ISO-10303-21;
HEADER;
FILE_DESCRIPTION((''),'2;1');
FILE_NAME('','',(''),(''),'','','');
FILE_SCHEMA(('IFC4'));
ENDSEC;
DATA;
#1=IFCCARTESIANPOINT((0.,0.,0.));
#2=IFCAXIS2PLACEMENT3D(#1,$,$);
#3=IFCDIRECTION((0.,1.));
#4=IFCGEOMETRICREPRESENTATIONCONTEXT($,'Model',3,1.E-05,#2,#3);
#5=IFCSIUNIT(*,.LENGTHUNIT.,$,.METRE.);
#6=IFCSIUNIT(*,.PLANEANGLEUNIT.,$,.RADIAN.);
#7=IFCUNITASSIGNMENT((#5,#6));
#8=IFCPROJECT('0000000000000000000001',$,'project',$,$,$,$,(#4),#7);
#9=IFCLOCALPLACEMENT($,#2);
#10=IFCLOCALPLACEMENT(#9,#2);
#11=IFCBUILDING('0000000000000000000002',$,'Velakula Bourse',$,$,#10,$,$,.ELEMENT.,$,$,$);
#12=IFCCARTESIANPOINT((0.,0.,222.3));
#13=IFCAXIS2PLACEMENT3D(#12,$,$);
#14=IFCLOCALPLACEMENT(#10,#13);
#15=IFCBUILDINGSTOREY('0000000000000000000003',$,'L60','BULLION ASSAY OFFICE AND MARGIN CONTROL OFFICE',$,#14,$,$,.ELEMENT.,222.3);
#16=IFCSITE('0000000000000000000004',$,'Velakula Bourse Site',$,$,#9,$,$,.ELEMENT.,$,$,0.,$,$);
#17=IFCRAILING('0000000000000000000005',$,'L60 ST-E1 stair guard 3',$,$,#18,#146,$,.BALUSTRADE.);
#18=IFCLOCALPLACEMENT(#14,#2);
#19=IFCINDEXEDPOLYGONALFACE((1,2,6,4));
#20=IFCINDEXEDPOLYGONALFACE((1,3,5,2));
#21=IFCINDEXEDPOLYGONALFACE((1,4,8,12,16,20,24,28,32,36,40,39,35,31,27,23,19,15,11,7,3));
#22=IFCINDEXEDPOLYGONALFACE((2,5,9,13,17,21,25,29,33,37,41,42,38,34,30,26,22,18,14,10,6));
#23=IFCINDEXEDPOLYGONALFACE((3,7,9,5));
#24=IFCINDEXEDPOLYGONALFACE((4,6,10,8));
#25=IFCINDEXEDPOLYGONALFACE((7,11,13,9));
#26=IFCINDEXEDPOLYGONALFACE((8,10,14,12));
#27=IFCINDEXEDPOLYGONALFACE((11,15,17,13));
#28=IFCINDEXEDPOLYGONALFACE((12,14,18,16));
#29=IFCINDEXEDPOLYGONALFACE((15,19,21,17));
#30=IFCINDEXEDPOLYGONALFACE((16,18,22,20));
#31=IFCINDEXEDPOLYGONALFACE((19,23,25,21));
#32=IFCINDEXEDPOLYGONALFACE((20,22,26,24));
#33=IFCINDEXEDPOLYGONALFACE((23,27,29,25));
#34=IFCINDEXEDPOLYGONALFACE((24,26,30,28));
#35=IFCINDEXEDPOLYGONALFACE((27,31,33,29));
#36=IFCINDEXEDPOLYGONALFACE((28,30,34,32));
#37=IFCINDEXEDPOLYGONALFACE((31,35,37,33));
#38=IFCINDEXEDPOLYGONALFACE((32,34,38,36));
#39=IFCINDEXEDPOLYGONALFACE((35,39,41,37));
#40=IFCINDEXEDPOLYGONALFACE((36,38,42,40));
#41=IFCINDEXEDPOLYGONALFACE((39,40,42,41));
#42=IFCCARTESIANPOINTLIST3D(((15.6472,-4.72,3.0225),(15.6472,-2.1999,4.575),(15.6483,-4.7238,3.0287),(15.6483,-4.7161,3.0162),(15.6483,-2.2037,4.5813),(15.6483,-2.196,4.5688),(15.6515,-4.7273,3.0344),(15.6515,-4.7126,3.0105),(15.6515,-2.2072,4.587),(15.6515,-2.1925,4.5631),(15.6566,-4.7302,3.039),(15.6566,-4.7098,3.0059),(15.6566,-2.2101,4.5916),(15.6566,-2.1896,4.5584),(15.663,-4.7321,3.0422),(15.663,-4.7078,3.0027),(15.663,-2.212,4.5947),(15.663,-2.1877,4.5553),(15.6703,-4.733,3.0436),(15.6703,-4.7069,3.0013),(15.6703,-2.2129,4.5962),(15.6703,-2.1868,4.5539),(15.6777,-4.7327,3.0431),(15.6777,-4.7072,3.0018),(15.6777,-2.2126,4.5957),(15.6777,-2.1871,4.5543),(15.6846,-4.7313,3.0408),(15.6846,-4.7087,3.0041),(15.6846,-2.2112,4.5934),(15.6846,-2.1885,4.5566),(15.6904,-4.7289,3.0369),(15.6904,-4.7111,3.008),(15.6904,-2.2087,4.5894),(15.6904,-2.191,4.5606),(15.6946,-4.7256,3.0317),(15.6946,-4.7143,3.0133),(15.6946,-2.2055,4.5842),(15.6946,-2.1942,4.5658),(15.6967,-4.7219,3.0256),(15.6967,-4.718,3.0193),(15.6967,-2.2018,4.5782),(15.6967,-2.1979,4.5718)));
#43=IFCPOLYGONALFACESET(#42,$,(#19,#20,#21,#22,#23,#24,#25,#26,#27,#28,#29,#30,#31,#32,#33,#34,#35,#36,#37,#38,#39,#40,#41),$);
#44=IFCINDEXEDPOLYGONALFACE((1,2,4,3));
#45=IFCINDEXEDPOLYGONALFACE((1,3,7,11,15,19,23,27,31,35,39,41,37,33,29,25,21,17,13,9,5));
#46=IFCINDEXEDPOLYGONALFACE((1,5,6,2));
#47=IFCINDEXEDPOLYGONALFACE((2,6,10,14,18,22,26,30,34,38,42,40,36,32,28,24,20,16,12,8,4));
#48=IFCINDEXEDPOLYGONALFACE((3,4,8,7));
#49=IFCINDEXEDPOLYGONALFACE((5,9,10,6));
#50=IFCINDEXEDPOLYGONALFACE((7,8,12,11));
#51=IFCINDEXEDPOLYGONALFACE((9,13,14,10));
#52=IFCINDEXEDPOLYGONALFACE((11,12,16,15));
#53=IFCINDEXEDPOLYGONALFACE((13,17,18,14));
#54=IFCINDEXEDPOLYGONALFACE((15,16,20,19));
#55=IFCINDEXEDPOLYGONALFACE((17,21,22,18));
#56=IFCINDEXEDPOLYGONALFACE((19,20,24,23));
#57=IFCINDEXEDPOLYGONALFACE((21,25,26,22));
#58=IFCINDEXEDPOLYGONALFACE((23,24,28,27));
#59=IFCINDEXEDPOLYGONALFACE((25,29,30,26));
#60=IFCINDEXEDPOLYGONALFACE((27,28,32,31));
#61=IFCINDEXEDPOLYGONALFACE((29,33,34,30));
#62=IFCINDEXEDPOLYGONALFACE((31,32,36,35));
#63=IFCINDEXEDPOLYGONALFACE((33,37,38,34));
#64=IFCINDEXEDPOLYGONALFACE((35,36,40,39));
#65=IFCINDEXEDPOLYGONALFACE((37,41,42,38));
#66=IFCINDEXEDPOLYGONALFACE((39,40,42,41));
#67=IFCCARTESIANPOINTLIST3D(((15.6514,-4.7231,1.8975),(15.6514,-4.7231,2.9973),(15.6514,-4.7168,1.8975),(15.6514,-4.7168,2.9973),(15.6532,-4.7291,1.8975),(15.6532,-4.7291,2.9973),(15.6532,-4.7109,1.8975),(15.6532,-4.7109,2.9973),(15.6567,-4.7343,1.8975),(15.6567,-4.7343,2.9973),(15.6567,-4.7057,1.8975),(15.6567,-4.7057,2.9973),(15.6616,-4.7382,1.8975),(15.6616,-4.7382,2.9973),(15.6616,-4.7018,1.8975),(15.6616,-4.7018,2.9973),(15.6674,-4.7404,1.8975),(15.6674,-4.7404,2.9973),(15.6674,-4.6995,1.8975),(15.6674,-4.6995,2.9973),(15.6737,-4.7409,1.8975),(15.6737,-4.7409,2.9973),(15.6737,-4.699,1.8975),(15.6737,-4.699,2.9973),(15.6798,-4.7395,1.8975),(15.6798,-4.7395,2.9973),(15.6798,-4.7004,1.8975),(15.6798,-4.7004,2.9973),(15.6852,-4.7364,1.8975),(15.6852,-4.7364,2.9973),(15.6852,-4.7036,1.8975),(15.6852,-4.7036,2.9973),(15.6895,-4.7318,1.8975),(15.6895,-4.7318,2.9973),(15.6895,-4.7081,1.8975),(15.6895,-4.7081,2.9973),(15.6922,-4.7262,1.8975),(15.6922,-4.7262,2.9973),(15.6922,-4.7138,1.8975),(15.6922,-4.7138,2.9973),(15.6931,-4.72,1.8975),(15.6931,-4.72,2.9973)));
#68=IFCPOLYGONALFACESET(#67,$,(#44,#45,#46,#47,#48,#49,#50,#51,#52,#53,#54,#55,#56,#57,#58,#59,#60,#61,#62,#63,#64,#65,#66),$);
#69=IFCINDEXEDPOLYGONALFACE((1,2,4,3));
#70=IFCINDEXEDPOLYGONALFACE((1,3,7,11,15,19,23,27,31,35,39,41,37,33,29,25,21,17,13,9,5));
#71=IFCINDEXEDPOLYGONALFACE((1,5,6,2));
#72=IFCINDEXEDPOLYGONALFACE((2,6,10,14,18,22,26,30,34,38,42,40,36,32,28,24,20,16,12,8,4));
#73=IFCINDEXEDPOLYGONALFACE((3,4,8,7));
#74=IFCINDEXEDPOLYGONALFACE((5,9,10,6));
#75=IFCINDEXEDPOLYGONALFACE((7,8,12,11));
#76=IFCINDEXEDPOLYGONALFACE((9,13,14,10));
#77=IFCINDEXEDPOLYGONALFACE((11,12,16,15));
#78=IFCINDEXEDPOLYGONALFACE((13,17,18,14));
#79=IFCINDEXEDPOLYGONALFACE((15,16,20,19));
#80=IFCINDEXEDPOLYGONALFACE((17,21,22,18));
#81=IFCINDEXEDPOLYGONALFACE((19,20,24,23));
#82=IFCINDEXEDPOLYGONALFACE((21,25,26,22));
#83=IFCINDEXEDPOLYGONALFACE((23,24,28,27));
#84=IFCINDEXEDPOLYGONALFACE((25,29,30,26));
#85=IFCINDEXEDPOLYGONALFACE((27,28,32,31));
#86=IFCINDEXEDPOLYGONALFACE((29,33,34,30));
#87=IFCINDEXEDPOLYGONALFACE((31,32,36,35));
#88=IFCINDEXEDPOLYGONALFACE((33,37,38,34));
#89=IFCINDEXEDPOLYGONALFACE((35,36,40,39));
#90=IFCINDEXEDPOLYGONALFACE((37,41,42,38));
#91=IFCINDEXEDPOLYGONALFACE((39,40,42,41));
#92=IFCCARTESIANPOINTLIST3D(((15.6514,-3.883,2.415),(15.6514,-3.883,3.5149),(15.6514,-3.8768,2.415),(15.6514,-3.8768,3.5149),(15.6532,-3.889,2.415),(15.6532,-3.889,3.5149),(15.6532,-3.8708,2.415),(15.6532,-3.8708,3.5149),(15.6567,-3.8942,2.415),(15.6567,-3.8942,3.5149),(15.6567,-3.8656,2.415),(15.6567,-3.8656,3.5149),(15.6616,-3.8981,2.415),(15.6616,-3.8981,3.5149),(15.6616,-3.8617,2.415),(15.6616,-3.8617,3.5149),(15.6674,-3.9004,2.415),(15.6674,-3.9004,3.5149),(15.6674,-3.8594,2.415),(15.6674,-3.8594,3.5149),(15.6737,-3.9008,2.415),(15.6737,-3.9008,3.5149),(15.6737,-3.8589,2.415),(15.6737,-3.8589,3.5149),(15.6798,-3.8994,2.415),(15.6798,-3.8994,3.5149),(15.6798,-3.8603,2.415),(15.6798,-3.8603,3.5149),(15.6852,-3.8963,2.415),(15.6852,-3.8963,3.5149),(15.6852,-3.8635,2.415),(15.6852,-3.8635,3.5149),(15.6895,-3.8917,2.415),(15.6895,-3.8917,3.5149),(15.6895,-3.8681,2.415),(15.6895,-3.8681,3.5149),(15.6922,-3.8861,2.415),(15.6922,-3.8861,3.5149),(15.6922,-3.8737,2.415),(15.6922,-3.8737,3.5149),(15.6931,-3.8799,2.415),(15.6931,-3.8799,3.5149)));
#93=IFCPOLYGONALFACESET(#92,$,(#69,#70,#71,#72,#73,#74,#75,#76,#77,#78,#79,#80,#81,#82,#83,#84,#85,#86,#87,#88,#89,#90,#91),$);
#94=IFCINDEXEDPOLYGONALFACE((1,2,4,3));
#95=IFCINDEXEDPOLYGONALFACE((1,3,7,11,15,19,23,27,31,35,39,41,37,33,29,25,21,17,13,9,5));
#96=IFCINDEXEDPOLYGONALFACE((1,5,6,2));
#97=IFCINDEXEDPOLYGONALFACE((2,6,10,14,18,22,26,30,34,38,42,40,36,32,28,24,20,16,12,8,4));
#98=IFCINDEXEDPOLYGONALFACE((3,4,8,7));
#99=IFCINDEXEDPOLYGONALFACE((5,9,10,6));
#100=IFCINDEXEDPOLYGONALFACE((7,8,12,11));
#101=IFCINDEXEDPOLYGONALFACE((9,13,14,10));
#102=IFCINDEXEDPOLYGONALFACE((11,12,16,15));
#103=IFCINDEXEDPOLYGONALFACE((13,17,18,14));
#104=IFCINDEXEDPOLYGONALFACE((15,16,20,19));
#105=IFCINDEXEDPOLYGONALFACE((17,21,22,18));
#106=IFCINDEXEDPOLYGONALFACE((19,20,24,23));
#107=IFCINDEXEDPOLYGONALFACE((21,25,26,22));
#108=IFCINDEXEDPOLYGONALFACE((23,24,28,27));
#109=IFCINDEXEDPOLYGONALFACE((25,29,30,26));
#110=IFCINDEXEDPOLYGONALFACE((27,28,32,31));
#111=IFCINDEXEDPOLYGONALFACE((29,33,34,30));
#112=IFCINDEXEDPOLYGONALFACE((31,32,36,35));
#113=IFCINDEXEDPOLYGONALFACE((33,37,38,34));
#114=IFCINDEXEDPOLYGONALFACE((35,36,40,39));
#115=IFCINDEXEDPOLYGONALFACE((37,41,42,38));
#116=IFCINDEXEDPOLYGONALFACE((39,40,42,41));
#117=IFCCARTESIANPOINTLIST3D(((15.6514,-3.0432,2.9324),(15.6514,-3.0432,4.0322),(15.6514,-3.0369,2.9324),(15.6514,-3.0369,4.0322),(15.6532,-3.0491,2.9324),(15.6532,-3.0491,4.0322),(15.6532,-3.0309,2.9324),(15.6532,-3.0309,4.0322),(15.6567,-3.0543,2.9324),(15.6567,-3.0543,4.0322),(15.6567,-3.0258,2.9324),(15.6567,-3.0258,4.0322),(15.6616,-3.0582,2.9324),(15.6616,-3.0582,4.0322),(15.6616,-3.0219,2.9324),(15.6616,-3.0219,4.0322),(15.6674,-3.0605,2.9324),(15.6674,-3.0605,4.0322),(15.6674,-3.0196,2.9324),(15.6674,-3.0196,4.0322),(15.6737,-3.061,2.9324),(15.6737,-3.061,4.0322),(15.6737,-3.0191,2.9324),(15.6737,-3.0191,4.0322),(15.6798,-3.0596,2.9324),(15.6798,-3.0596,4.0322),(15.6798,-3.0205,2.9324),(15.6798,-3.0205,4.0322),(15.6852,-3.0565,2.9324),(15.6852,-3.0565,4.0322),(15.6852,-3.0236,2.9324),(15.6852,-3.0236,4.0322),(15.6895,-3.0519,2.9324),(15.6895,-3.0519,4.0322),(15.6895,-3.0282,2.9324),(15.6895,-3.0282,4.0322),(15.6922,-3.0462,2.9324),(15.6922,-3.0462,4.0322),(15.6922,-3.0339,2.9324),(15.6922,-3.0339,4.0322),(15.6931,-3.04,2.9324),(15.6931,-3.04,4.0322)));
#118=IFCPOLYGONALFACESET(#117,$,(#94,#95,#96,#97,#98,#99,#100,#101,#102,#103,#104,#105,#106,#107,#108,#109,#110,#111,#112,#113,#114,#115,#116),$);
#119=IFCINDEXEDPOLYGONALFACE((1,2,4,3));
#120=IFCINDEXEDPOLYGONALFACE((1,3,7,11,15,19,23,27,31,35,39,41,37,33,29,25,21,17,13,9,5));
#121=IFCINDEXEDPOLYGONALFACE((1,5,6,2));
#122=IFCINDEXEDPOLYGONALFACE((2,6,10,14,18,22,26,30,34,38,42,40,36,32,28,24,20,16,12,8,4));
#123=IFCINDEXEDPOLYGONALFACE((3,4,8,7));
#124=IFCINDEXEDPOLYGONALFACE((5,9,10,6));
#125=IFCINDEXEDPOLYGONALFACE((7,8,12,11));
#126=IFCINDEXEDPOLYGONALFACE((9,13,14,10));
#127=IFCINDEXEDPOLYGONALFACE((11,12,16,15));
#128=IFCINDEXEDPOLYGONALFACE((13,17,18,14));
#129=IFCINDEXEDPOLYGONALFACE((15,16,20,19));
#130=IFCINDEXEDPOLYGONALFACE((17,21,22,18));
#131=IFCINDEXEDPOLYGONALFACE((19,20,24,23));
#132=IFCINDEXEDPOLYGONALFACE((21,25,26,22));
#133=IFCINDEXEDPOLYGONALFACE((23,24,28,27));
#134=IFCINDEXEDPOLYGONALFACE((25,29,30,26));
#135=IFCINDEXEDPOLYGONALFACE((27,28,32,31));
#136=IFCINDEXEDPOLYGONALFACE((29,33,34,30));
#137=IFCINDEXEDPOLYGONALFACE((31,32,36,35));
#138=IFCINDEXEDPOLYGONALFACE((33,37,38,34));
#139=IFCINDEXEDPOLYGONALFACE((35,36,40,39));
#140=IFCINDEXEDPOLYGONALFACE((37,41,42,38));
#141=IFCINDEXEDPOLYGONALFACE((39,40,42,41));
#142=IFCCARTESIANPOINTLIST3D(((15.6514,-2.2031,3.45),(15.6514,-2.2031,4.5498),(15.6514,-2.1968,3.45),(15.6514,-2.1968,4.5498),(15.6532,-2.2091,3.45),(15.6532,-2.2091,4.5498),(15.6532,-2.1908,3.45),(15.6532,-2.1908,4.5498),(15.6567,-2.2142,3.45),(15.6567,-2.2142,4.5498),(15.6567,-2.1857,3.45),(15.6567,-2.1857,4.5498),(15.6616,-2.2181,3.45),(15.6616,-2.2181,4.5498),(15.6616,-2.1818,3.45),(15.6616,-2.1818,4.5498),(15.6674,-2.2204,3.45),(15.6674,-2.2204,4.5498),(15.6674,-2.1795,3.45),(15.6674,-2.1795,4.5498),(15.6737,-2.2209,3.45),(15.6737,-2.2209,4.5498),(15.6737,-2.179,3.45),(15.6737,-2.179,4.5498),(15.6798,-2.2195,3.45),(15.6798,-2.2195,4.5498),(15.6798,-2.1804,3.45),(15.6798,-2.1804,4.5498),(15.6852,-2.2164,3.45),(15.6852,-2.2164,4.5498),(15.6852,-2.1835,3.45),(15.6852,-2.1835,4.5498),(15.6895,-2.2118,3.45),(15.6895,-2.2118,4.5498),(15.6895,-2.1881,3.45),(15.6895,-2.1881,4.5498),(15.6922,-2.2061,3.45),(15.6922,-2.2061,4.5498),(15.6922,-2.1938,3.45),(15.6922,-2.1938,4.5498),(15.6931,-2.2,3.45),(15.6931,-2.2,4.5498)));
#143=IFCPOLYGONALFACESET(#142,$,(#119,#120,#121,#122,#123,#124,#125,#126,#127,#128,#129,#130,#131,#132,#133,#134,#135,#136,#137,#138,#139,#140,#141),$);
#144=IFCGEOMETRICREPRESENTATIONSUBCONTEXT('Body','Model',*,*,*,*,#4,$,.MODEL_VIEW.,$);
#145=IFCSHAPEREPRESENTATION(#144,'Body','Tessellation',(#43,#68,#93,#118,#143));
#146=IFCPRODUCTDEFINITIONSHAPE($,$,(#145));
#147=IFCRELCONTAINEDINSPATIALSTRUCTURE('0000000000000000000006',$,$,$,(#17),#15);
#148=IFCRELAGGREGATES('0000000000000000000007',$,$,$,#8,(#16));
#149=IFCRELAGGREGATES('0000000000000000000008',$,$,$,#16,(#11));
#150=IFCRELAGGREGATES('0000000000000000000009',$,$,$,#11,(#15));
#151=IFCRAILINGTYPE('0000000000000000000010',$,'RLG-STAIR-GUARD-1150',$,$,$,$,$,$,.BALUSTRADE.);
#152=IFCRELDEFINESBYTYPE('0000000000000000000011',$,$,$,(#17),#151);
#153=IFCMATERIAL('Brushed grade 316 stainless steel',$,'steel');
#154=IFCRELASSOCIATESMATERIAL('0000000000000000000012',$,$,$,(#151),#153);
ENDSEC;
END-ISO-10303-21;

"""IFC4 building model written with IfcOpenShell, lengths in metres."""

from ifc_helpers import new_model, si_unit, direction, frame, origin, origin_2d, place, context, subcontext, project, spatial, circle, extrude, material, type_object, element, save


model = new_model("IFC4")

# Units and contexts
model_context = context("Model", 3, precision=1e-05, world=origin(), true_north=direction((0.0, 1.0)))
body_context = subcontext(model_context, "Body", "Model", "MODEL_VIEW")
ifc_project = project(units=[si_unit("LENGTHUNIT", "METRE"), si_unit("PLANEANGLEUNIT", "RADIAN")], contexts=[model_context])

# Site, building, storey
site_placement = place(None, origin())
site = spatial("IfcSite", under=ifc_project, at=site_placement, Name="Velakula Bourse Site", CompositionType="ELEMENT", RefElevation=0.0)
building_placement = place(site_placement, origin())
building = spatial("IfcBuilding", under=site, at=building_placement, Name="Velakula Bourse", CompositionType="ELEMENT")
storey_placement = place(building_placement, frame((0.0, 0.0, 222.3)))
storey = spatial("IfcBuildingStorey", under=building, at=storey_placement, Name="L60", Description="BULLION ASSAY OFFICE AND MARGIN CONTROL OFFICE", CompositionType="ELEMENT", Elevation=222.3)

# Shared definitions
ifc_material_1 = material(Name="Brushed grade 316 stainless steel", Category="steel")

# Railing
railing_type_1 = type_object("IfcRailingType", Name="RLG-STAIR-GUARD-1150", PredefinedType="BALUSTRADE", material=ifc_material_1)
railing_1_placement = place(storey_placement, frame((15.6721, -4.72, 1.8975)))
element("IfcRailing", 1, at=railing_1_placement, inside=storey, type_object=railing_type_1, Name="L60 ST-E1 stair guard 3", PredefinedType="BALUSTRADE", context=body_context, shape_type="SweptSolid", body=[
    extrude(circle(Radius=0.0249, at=origin_2d()), frame((0.0, 0.0, 1.125), z_axis=(0.0, 0.8514, 0.524516), x_axis=(-1.0, 0.0, 0.0)), (0.0, 0.0, 1.0), 2.96),
    extrude(circle(Radius=0.021, at=origin_2d()), origin(), (0.0, 0.0, 1.0), 1.0999),
    extrude(circle(Radius=0.021, at=origin_2d()), frame((0.0, 0.8401, 0.5176)), (0.0, 0.0, 1.0), 1.0999),
    extrude(circle(Radius=0.021, at=origin_2d()), frame((0.0, 1.6799, 1.0349)), (0.0, 0.0, 1.0), 1.0999),
    extrude(circle(Radius=0.021, at=origin_2d()), frame((0.0, 2.52, 1.5525)), (0.0, 0.0, 1.0), 1.0999),
])

save(model, "model.ifc")
